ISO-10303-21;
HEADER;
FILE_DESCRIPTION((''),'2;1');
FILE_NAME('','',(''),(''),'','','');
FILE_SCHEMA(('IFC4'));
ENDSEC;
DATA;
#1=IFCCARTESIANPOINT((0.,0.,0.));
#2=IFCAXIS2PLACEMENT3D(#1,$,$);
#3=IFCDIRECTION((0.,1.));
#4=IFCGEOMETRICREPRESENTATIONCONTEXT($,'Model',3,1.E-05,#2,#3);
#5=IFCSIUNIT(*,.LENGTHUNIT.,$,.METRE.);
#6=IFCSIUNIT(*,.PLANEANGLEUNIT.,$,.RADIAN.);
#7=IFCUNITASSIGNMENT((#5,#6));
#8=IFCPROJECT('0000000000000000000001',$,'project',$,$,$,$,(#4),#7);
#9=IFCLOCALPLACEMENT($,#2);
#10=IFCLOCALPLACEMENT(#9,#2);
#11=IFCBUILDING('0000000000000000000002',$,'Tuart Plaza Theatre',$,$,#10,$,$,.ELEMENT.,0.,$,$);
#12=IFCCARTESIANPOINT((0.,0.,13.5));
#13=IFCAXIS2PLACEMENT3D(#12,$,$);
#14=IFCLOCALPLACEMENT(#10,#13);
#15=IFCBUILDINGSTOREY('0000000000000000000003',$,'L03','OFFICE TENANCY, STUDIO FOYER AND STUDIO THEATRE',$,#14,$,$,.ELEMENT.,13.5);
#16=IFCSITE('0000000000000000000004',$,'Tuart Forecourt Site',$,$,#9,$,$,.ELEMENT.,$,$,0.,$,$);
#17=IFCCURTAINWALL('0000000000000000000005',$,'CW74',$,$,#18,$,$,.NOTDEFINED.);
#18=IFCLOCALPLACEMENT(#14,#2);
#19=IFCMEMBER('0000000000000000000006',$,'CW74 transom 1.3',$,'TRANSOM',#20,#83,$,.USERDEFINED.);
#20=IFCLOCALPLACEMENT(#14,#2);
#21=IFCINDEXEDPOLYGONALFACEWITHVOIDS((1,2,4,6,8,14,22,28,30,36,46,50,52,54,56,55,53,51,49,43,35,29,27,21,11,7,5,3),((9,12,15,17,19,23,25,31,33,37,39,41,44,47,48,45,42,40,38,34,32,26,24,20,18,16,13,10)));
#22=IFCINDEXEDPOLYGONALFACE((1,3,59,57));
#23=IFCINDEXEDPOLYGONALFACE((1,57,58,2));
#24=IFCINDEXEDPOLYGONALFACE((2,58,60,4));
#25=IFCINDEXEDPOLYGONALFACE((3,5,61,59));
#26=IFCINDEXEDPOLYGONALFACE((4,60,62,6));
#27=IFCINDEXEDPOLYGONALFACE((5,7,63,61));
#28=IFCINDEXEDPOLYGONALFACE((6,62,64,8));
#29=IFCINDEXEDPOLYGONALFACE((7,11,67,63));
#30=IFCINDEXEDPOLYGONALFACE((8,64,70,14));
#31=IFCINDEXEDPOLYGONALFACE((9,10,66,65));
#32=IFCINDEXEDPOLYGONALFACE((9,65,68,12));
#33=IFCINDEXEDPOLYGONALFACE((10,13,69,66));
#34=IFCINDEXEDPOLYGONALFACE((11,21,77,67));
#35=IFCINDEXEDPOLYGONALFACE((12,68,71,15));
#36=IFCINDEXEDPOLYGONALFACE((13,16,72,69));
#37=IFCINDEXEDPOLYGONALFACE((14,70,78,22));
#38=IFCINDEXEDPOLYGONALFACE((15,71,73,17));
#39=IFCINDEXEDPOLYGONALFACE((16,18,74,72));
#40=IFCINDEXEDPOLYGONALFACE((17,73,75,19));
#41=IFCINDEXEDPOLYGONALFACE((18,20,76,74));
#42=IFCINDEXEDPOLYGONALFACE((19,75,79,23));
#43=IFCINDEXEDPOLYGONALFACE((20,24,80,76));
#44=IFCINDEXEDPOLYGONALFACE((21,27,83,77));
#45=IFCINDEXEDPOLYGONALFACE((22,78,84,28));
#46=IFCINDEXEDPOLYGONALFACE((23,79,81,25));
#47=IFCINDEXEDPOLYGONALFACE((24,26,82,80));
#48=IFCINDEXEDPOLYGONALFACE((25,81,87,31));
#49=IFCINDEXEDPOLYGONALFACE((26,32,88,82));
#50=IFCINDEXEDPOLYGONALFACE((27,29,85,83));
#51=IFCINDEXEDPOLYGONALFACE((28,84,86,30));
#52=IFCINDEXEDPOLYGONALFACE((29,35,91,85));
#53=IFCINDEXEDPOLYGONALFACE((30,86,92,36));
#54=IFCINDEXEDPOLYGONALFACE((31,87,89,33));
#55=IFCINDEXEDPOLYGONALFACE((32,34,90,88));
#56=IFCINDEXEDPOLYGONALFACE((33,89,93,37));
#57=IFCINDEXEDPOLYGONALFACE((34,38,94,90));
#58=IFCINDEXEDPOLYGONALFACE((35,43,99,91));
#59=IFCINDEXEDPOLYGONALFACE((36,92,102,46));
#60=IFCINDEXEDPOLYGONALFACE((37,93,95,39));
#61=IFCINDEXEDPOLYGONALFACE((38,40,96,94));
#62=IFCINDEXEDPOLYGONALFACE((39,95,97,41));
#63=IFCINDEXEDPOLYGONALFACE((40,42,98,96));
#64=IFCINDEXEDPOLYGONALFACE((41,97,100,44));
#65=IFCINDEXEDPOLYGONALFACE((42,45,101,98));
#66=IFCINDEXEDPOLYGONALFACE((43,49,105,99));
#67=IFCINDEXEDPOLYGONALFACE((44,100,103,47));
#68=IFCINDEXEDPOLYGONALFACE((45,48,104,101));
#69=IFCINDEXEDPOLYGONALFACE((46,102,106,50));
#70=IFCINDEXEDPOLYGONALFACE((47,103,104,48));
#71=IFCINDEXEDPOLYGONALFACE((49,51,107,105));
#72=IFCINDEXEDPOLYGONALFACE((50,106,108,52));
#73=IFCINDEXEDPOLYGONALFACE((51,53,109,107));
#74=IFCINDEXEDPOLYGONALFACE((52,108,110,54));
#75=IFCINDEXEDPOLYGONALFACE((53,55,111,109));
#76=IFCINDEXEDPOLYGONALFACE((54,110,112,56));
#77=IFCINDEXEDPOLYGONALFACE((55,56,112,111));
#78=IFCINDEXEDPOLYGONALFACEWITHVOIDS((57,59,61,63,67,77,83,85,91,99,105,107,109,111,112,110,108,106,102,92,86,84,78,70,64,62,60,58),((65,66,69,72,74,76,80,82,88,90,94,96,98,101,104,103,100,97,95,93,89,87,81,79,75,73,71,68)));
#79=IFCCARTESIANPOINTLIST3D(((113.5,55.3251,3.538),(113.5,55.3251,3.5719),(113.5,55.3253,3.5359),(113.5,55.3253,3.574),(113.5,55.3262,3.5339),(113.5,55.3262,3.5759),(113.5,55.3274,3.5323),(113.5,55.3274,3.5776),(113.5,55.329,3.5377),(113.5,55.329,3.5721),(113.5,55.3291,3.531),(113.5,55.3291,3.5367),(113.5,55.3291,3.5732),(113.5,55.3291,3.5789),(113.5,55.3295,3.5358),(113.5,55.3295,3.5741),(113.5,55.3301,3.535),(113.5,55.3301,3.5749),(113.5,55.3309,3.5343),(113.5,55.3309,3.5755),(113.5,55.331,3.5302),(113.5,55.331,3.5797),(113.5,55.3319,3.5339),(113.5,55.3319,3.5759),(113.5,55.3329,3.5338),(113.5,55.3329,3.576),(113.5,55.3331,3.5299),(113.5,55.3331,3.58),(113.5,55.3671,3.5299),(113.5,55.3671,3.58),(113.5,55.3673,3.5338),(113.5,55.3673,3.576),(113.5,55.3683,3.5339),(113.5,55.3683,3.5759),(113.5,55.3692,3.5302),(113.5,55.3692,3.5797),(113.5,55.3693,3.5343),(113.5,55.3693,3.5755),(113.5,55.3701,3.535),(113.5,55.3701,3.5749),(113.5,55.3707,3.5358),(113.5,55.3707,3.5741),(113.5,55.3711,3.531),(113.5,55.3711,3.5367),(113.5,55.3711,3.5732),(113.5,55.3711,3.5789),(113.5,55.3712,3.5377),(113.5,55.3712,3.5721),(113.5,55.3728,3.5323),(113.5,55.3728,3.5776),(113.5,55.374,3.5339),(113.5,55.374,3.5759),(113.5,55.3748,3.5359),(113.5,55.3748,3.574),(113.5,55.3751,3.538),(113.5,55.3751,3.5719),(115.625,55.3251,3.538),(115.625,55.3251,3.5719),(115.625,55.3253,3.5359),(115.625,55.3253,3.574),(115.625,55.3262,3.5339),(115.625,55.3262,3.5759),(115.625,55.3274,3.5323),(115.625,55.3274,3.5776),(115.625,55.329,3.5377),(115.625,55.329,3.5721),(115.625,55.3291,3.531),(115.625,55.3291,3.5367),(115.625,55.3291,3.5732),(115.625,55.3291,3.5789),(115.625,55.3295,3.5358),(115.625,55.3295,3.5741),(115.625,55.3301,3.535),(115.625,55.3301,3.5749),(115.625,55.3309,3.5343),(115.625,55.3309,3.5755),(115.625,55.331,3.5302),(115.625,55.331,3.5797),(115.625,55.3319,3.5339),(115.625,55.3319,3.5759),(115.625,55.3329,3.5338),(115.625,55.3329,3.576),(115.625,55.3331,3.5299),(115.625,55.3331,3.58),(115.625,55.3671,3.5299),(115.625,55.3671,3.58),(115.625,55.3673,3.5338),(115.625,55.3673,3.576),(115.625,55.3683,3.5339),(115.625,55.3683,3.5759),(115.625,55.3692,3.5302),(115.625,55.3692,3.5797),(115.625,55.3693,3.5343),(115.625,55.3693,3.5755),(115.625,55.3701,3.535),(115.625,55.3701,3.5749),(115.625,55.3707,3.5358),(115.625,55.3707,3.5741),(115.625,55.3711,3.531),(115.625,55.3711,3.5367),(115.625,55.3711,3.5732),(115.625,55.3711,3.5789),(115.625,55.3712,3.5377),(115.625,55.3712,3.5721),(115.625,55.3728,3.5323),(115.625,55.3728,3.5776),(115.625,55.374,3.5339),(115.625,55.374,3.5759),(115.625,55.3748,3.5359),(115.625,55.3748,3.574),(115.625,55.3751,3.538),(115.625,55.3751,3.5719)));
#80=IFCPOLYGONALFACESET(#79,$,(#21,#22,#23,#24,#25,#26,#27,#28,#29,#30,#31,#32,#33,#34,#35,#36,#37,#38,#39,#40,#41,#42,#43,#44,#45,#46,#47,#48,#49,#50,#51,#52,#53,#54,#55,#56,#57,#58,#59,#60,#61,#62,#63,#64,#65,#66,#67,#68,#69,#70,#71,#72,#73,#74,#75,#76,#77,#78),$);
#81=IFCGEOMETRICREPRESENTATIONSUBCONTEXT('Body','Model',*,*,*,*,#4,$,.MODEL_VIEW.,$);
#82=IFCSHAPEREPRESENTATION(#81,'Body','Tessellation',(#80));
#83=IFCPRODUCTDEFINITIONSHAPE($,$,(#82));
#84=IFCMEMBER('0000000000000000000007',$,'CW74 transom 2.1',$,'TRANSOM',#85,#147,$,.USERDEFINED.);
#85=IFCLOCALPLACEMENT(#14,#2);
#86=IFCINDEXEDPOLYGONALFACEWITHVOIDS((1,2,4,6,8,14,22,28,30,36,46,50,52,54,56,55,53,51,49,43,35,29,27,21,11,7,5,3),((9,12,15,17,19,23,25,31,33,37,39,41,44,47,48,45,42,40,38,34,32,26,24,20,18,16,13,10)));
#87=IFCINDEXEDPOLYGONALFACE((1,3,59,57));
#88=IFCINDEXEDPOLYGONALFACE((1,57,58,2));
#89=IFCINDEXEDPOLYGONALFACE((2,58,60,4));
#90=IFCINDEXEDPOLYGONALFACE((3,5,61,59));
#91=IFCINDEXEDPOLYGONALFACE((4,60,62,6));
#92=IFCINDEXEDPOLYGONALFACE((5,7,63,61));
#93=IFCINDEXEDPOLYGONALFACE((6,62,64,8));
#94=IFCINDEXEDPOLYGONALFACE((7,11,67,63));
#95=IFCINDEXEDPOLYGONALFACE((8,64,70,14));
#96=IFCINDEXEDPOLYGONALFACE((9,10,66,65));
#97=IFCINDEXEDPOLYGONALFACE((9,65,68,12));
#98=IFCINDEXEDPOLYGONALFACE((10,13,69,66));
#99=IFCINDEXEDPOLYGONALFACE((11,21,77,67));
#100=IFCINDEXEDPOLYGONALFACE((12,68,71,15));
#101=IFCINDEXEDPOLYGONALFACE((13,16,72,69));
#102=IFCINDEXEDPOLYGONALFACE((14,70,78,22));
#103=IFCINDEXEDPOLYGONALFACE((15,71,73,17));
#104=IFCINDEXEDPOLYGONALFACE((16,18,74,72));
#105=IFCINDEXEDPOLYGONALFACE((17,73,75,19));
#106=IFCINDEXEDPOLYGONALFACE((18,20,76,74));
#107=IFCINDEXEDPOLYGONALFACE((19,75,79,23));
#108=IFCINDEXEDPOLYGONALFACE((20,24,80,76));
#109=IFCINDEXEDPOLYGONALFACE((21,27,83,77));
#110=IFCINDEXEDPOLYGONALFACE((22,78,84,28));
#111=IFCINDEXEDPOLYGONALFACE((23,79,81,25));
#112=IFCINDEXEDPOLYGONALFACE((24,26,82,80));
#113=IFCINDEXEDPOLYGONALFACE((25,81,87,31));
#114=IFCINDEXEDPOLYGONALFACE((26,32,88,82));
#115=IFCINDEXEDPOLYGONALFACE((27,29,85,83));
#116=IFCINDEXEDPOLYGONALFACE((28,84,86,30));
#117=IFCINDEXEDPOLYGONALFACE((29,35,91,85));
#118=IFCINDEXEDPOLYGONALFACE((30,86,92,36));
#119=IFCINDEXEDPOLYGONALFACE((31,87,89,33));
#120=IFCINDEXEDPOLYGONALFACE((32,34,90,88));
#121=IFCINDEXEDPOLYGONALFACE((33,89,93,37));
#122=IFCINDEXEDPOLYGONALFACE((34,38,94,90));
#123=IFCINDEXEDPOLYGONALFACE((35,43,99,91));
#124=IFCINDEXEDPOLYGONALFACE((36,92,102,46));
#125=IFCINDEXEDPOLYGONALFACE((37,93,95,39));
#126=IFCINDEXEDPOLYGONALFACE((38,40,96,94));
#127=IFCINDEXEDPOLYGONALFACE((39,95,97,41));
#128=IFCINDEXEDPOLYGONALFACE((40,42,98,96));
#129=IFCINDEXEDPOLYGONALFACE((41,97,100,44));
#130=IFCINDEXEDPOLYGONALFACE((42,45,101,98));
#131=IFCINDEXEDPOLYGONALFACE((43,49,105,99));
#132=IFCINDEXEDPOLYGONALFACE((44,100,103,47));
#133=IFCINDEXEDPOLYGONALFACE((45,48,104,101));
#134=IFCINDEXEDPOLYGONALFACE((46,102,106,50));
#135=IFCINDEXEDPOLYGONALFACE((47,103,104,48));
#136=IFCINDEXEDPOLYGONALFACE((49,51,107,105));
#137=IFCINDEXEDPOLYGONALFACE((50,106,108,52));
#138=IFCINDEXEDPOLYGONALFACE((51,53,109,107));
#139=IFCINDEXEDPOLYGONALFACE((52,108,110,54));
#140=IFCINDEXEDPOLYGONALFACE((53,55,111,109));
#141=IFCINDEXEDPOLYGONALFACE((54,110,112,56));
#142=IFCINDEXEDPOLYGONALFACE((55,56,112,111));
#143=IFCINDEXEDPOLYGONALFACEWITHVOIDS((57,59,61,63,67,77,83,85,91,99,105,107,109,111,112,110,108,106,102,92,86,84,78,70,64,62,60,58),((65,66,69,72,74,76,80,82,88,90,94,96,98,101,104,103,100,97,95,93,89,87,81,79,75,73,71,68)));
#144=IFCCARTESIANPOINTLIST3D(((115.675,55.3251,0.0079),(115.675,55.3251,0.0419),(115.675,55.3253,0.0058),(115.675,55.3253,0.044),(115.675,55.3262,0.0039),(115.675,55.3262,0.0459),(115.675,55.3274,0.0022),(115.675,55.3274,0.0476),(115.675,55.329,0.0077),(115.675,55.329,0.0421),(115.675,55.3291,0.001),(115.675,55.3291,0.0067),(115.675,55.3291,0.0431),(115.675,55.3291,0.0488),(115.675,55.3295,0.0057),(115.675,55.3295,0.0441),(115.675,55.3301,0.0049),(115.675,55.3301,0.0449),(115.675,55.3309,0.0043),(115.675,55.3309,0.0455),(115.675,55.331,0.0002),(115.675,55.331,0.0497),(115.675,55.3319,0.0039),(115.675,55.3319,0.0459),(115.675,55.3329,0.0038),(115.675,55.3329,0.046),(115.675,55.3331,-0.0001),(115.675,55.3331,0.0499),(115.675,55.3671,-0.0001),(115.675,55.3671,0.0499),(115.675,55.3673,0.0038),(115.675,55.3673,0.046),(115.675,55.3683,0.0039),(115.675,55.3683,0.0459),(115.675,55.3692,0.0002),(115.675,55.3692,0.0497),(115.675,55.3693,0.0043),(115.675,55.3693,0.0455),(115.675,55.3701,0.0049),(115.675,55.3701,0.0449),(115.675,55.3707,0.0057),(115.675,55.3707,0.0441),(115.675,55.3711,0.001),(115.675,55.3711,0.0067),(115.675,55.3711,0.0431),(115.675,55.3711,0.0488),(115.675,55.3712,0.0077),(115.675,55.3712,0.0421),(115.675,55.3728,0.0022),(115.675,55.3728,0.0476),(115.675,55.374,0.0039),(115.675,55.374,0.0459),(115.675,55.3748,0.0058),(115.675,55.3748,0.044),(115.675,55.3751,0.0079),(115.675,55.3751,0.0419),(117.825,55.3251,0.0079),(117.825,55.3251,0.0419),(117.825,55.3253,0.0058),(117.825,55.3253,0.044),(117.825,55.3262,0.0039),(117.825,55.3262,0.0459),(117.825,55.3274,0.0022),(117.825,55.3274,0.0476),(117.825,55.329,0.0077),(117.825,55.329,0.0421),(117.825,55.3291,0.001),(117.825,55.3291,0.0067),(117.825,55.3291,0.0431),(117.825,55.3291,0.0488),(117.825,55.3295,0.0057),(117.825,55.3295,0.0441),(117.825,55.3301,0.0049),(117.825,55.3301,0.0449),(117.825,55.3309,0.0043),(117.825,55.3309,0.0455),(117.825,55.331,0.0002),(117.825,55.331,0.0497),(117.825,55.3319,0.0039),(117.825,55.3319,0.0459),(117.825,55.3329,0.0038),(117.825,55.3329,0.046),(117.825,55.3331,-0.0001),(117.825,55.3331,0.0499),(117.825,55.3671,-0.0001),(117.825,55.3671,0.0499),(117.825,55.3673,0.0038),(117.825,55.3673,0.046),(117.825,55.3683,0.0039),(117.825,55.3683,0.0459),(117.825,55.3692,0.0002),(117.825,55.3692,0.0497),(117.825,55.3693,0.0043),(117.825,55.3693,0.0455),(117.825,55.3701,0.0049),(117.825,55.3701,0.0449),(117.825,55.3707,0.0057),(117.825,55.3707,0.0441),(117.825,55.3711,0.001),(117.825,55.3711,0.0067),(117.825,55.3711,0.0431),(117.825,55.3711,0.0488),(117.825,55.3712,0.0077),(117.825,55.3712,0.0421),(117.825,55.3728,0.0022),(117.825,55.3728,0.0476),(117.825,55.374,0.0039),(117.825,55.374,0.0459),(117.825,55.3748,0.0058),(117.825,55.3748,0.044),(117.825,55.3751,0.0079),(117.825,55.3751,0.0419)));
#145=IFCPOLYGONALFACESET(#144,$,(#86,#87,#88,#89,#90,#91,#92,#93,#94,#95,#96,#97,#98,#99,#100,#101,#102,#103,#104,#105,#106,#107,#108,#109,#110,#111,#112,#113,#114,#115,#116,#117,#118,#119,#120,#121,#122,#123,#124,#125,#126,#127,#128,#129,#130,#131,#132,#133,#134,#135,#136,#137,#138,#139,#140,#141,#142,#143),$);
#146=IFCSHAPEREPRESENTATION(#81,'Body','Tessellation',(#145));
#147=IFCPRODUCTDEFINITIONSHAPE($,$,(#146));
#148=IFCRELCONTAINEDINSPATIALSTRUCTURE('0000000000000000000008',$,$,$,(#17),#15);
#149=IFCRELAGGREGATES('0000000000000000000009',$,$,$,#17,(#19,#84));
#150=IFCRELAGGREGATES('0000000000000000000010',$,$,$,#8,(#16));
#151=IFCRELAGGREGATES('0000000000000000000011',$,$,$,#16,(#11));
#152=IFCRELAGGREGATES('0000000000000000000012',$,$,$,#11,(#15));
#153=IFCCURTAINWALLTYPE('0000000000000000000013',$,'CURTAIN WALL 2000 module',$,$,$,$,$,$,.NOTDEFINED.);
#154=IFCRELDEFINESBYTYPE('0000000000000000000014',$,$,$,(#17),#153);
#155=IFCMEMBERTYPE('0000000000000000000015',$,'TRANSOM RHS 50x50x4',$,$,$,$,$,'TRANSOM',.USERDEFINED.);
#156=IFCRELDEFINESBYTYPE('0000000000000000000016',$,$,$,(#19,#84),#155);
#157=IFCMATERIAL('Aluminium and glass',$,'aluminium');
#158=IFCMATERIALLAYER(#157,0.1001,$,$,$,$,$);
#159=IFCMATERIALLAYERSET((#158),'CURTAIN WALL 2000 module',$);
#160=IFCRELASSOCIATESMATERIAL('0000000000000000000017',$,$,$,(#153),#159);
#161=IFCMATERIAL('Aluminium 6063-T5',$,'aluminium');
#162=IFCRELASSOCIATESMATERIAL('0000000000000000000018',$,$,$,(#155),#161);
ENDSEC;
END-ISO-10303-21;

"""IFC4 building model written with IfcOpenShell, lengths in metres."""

from ifc_helpers import new_model, si_unit, direction, frame, origin, origin_2d, place, context, subcontext, project, spatial, hollow_rectangle, extrude, material, layer, layer_set, material_profile, profile_set, type_object, element, aggregate, save


model = new_model("IFC4")

# Units and contexts
model_context = context("Model", 3, precision=1e-05, world=origin(), true_north=direction((0.0, 1.0)))
body_context = subcontext(model_context, "Body", "Model", "MODEL_VIEW")
ifc_project = project(units=[si_unit("LENGTHUNIT", "METRE"), si_unit("PLANEANGLEUNIT", "RADIAN")], contexts=[model_context])

# Site, building, storey
site_placement = place(None, origin())
site = spatial("IfcSite", under=ifc_project, at=site_placement, Name="Tuart Forecourt Site", CompositionType="ELEMENT", RefElevation=0.0)
building_placement = place(site_placement, origin())
building = spatial("IfcBuilding", under=site, at=building_placement, Name="Tuart Plaza Theatre", CompositionType="ELEMENT", ElevationOfRefHeight=0.0)
storey_placement = place(building_placement, frame((0.0, 0.0, 13.5)))
storey = spatial("IfcBuildingStorey", under=building, at=storey_placement, Name="L03", Description="OFFICE TENANCY, STUDIO FOYER AND STUDIO THEATRE", CompositionType="ELEMENT", Elevation=13.5)

# Shared definitions
ifc_material_1 = material(Name="Aluminium and glass", Category="aluminium")
ifc_layer_1 = layer(ifc_material_1, 0.1001)
ifc_layer_set_1 = layer_set([ifc_layer_1], Name="CURTAIN WALL 2000 module")
curtain_wall_type = type_object("IfcCurtainWallType", Name="CURTAIN WALL 2000 module", PredefinedType="NOTDEFINED", material=ifc_layer_set_1)

# Curtain wall, members
curtain_wall_1_placement = place(storey_placement, origin())
curtain_wall_1 = element("IfcCurtainWall", 1, at=curtain_wall_1_placement, inside=storey, type_object=curtain_wall_type, Name="CW74", PredefinedType="NOTDEFINED")
ifc_material_2 = material(Name="Aluminium 6063-T5", Category="aluminium")
ifc_material_profile_1 = material_profile(ifc_material_2, hollow_rectangle(XDim=0.05, YDim=0.05, WallThickness=0.0039, InnerFilletRadius=0.0039, OuterFilletRadius=0.0081, at=origin_2d()), Name="RHS 50x50x4")
ifc_profile_set_1 = profile_set([ifc_material_profile_1], Name="Aluminium 6063-T5")
member_type_1 = type_object("IfcMemberType", Name="TRANSOM RHS 50x50x4", ElementType="TRANSOM", PredefinedType="USERDEFINED", material=ifc_profile_set_1)
member_1_placement = place(storey_placement, frame((113.5, 55.3501, 3.5549), z_axis=(1.0, 0.0, 0.0), x_axis=(0.0, 1.0, 0.0)))
member_1 = element("IfcMember", 2, at=member_1_placement, type_object=member_type_1, Name="CW74 transom 1.3", ObjectType="TRANSOM", PredefinedType="USERDEFINED", context=body_context, shape_type="SweptSolid", body=[
    extrude(hollow_rectangle(XDim=0.05, YDim=0.05, WallThickness=0.0039, InnerFilletRadius=0.0039, OuterFilletRadius=0.0081, at=origin_2d()), origin(), (0.0, 0.0, 1.0), 2.125),
])
member_2_placement = place(storey_placement, frame((115.675, 55.3501, 0.0249), z_axis=(1.0, 0.0, 0.0), x_axis=(0.0, 1.0, 0.0)))
member_2 = element("IfcMember", 3, at=member_2_placement, type_object=member_type_1, Name="CW74 transom 2.1", ObjectType="TRANSOM", PredefinedType="USERDEFINED", context=body_context, shape_type="SweptSolid", body=[
    extrude(hollow_rectangle(XDim=0.05, YDim=0.05, WallThickness=0.0039, InnerFilletRadius=0.0039, OuterFilletRadius=0.0081, at=origin_2d()), origin(), (0.0, 0.0, 1.0), 2.1499),
])
aggregate(curtain_wall_1, [member_1, member_2])

save(model, "model.ifc")
